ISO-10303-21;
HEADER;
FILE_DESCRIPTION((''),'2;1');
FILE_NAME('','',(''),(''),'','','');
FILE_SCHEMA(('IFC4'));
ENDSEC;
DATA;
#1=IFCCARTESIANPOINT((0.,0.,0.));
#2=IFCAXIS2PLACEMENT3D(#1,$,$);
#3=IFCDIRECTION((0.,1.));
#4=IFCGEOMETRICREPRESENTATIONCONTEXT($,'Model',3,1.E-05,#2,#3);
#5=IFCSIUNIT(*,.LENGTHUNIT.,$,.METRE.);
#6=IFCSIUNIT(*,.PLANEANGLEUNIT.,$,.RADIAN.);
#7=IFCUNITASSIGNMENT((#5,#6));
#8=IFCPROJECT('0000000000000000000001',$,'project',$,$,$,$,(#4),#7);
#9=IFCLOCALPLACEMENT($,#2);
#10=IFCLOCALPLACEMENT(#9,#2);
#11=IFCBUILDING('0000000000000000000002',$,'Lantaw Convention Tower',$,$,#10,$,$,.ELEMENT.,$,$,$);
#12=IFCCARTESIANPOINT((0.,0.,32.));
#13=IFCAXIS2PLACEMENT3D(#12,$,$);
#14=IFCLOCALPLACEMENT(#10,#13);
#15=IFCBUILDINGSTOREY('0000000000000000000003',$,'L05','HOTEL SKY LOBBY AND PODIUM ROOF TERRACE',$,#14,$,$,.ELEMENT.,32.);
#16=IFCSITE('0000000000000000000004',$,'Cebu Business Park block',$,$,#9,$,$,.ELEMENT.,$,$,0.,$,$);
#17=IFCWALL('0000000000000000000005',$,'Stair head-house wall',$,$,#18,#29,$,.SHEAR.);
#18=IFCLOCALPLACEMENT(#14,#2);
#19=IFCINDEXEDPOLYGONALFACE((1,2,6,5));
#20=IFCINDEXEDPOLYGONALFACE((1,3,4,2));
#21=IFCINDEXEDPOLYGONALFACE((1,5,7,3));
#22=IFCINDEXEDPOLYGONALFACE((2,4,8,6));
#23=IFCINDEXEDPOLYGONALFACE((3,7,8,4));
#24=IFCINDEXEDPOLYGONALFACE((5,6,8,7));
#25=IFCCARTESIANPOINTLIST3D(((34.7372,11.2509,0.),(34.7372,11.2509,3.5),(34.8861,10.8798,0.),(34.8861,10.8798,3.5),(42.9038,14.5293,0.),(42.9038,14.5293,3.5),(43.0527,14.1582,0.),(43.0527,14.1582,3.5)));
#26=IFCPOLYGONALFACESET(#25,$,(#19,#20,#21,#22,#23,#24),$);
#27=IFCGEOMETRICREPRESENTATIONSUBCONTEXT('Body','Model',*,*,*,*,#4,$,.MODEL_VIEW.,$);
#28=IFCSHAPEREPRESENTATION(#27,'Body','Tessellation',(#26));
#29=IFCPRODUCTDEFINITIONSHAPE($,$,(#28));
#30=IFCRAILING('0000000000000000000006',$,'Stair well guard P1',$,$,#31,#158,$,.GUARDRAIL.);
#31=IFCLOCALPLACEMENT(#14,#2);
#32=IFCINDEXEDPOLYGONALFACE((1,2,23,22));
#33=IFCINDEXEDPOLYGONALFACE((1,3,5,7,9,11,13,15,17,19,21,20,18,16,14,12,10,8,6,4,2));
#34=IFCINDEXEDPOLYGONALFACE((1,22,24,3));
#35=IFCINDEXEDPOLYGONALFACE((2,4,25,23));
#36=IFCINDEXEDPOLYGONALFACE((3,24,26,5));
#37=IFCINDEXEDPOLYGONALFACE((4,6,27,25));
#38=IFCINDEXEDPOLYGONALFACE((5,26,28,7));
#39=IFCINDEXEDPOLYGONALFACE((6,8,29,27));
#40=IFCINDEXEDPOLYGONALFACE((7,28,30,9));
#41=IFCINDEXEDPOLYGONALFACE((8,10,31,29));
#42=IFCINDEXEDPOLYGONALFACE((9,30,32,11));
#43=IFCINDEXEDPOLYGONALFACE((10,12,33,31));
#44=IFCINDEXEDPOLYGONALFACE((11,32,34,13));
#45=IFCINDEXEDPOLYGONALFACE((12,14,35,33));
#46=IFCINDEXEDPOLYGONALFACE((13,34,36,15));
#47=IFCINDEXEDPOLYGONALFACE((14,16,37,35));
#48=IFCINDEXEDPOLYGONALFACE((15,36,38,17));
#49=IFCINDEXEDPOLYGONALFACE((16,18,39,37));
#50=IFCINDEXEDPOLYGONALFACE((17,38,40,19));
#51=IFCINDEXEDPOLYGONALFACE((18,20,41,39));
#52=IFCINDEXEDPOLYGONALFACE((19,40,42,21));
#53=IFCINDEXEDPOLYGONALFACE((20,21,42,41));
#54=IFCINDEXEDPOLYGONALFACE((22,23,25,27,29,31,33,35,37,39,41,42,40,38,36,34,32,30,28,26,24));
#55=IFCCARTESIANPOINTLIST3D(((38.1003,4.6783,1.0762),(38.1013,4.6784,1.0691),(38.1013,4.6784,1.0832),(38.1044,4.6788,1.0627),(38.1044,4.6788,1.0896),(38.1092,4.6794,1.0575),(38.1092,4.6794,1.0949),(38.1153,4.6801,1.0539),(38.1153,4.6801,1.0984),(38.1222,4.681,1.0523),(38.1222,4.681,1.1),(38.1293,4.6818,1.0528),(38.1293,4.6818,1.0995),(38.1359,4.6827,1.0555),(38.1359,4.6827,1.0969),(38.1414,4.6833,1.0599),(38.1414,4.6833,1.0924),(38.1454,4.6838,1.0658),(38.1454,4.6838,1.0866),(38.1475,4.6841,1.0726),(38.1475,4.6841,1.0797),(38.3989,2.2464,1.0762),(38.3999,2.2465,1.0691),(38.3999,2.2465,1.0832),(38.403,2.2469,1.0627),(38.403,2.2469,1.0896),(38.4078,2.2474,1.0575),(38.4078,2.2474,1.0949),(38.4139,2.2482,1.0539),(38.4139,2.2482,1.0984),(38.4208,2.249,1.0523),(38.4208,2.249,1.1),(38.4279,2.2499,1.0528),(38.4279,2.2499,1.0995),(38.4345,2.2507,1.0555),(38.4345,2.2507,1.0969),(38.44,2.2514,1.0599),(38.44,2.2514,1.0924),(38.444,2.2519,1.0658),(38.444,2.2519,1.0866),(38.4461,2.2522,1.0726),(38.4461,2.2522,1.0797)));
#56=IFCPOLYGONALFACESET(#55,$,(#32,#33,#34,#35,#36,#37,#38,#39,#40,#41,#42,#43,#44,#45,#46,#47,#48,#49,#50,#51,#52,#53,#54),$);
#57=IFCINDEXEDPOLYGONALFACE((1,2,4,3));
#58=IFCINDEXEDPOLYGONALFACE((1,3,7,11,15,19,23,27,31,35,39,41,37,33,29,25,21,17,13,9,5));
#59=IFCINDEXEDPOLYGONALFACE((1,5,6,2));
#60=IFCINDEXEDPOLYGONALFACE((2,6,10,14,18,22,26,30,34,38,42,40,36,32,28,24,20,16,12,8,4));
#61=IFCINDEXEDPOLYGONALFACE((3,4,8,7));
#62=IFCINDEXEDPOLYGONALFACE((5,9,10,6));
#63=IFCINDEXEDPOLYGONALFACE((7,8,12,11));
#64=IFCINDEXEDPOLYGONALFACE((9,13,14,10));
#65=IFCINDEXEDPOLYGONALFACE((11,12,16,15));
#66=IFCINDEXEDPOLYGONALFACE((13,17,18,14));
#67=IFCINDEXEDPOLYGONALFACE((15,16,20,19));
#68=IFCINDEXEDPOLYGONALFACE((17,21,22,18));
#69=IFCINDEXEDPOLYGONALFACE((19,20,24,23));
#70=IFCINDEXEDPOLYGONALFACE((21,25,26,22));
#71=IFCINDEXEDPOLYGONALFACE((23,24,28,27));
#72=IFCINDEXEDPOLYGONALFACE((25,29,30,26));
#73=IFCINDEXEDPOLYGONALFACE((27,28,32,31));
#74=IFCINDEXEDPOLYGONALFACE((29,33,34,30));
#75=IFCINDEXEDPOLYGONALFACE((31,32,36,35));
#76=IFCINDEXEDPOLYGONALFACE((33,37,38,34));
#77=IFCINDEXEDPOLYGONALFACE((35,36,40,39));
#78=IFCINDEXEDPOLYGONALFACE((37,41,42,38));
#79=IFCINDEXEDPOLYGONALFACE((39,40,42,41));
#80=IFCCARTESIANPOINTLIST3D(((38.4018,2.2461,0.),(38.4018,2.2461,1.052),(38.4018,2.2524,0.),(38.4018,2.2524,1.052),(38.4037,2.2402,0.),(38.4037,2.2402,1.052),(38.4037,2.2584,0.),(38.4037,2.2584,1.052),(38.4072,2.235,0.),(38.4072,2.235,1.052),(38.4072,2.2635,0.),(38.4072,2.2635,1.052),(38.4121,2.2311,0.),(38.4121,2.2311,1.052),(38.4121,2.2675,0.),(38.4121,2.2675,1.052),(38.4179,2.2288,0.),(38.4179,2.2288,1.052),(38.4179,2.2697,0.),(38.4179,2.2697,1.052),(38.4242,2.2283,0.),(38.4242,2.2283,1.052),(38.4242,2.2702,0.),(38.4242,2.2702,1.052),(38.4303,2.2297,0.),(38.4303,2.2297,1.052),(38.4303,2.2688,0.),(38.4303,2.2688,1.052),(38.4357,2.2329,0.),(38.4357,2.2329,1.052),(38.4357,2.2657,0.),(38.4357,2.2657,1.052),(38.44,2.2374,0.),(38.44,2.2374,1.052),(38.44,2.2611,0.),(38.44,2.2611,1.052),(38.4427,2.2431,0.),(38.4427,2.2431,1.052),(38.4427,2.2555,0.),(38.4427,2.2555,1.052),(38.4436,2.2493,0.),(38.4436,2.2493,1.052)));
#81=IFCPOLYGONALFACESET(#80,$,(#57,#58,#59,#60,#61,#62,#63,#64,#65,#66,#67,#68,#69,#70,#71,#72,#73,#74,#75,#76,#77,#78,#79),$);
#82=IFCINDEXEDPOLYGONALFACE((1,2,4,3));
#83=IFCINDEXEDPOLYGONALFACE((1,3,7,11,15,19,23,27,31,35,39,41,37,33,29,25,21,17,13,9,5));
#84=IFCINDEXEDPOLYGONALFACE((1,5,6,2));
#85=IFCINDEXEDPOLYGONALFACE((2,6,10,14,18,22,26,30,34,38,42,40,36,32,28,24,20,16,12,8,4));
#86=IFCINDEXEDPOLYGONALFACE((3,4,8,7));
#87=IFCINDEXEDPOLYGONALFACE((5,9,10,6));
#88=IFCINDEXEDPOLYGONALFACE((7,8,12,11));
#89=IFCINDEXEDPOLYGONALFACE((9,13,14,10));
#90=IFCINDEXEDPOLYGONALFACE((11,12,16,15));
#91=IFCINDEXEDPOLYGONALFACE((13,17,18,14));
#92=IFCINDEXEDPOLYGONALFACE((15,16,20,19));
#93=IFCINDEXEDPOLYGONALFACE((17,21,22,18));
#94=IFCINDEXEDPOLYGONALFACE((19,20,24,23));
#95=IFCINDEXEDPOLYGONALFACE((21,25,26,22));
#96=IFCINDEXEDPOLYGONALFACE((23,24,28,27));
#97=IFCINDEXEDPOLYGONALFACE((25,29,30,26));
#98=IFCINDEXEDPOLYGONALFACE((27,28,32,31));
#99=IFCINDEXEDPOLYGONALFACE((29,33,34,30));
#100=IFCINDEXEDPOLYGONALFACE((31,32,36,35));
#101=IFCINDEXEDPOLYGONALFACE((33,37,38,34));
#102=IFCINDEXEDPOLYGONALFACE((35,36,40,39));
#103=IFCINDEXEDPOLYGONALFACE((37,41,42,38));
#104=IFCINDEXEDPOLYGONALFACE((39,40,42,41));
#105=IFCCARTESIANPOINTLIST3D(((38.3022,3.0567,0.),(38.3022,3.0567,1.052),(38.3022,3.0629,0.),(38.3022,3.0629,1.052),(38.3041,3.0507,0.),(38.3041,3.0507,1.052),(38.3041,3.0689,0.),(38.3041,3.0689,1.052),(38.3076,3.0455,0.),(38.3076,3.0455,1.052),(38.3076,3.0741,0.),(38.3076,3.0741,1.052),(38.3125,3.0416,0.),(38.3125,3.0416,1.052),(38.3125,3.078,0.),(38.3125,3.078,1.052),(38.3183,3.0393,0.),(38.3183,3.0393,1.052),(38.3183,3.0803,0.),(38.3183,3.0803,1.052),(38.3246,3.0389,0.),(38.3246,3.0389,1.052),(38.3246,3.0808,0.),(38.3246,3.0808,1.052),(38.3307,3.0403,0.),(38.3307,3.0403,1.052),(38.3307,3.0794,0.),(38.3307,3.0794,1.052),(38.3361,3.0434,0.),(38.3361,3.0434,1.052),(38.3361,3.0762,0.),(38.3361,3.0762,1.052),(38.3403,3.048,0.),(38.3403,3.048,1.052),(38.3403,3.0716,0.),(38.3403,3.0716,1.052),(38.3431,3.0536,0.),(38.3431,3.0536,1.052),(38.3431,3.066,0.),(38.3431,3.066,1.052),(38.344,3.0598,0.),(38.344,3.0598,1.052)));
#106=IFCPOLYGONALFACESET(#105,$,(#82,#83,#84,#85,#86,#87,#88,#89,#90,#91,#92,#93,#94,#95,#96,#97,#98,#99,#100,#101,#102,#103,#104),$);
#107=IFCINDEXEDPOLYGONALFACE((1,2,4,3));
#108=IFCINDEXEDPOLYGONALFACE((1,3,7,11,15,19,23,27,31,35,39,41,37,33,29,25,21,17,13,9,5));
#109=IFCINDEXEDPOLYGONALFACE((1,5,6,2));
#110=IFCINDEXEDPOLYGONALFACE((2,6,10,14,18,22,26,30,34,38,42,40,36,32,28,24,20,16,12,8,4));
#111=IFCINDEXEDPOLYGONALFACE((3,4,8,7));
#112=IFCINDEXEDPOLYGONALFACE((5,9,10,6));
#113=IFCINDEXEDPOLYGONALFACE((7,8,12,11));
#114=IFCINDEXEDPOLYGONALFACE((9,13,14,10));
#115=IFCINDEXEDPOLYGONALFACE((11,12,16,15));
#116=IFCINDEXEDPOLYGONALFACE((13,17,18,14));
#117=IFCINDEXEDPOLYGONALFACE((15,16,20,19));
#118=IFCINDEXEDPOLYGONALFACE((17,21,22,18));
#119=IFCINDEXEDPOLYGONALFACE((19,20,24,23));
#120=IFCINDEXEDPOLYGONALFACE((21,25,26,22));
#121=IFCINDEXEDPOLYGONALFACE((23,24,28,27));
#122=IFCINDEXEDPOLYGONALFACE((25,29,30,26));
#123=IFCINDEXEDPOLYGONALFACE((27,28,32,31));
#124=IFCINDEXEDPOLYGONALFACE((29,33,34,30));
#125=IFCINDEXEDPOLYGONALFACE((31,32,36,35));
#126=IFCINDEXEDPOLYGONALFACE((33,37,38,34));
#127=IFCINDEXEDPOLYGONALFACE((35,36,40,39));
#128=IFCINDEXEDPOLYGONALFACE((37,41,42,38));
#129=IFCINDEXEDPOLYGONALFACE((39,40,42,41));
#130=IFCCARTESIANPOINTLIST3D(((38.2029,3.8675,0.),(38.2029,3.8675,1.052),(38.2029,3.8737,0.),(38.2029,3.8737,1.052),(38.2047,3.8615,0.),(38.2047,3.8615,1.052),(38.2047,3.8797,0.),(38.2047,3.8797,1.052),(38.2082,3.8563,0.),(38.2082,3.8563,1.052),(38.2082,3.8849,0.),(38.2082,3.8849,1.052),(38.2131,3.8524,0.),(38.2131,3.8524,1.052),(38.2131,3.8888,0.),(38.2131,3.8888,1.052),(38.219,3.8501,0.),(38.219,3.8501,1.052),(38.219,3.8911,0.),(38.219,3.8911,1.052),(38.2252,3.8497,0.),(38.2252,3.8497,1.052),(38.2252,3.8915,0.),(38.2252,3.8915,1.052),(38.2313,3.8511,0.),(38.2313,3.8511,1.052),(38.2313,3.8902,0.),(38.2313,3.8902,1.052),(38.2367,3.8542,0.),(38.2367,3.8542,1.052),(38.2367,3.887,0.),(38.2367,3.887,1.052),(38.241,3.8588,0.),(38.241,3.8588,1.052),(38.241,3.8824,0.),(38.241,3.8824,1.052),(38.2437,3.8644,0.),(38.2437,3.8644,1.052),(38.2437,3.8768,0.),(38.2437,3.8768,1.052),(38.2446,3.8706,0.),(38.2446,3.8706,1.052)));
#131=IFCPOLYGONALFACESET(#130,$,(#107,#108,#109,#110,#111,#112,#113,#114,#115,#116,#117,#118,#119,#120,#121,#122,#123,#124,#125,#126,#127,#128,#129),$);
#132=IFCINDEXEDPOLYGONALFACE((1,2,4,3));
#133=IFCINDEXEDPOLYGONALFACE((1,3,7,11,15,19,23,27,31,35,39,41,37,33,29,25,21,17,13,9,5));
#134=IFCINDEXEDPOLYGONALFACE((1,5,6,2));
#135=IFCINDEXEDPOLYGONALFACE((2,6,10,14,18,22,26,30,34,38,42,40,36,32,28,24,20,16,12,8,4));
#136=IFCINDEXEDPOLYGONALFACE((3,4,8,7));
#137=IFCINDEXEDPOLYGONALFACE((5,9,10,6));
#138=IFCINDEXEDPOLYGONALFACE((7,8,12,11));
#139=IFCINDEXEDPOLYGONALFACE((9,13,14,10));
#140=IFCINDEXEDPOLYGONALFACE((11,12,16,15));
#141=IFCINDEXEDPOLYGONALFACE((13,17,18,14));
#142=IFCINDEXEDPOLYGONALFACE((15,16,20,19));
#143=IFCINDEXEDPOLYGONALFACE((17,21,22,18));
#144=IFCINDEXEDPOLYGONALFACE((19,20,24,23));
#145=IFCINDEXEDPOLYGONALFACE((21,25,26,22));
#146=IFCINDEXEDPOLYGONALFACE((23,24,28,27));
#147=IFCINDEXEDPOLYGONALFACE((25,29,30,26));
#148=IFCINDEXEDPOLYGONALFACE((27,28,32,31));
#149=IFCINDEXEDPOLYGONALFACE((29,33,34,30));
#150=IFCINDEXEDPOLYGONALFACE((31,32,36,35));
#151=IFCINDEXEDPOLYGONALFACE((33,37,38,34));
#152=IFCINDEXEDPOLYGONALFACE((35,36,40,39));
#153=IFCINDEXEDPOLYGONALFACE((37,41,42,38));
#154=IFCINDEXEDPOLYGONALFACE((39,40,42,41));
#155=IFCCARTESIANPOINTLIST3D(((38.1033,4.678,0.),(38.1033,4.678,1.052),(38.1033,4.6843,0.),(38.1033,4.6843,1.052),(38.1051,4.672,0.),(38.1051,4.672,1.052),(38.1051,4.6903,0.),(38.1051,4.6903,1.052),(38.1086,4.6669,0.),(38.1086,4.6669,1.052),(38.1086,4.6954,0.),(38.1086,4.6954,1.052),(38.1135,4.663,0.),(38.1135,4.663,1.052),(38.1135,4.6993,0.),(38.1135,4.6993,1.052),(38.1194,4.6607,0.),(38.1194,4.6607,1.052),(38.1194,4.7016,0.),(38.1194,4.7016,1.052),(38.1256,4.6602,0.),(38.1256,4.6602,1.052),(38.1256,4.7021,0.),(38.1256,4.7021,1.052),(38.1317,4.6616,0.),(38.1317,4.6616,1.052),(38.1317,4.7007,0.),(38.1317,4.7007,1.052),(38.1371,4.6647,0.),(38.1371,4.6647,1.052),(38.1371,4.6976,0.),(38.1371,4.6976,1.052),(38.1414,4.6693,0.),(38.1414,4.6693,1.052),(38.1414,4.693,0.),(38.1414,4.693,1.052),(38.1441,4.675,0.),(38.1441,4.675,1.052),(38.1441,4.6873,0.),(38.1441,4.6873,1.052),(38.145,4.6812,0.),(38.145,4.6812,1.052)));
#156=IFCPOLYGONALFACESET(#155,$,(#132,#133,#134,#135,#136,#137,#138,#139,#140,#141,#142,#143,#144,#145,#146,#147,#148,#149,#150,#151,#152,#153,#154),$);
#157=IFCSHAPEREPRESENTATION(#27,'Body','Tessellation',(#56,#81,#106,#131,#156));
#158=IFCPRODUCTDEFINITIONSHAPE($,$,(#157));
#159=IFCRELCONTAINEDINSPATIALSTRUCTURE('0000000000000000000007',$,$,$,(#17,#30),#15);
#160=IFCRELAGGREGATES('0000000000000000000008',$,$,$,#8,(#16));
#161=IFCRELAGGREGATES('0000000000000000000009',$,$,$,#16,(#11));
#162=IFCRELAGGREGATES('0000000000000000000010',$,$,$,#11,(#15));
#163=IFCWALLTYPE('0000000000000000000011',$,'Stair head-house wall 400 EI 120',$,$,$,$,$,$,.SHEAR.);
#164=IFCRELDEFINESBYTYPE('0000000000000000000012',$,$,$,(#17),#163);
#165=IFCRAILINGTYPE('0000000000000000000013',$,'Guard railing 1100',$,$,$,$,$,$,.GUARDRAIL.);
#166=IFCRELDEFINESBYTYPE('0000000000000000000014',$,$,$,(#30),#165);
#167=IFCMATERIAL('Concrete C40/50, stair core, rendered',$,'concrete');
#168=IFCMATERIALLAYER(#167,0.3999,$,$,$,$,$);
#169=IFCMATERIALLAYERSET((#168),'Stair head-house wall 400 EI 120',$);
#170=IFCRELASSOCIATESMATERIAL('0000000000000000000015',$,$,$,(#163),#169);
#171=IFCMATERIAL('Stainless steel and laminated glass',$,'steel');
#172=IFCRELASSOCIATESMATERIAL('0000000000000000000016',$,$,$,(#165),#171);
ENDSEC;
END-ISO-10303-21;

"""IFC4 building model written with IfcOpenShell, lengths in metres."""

from ifc_helpers import new_model, si_unit, direction, frame, frame_2d, origin, origin_2d, place, context, subcontext, project, spatial, rectangle, circle, extrude, material, layer, layer_set, type_object, element, save


model = new_model("IFC4")

# Units and contexts
model_context = context("Model", 3, precision=1e-05, world=origin(), true_north=direction((0.0, 1.0)))
body_context = subcontext(model_context, "Body", "Model", "MODEL_VIEW")
ifc_project = project(units=[si_unit("LENGTHUNIT", "METRE"), si_unit("PLANEANGLEUNIT", "RADIAN")], contexts=[model_context])

# Site, building, storey
site_placement = place(None, origin())
site = spatial("IfcSite", under=ifc_project, at=site_placement, Name="Cebu Business Park block", CompositionType="ELEMENT", RefElevation=0.0)
building_placement = place(site_placement, origin())
building = spatial("IfcBuilding", under=site, at=building_placement, Name="Lantaw Convention Tower", CompositionType="ELEMENT")
storey_placement = place(building_placement, frame((0.0, 0.0, 32.0)))
storey = spatial("IfcBuildingStorey", under=building, at=storey_placement, Name="L05", Description="HOTEL SKY LOBBY AND PODIUM ROOF TERRACE", CompositionType="ELEMENT", Elevation=32.0)

# Shared definitions
ifc_material_1 = material(Name="Concrete C40/50, stair core, rendered", Category="concrete")
ifc_layer_1 = layer(ifc_material_1, 0.3999)
ifc_layer_set_1 = layer_set([ifc_layer_1], Name="Stair head-house wall 400 EI 120")
wall_type_1 = type_object("IfcWallType", Name="Stair head-house wall 400 EI 120", PredefinedType="SHEAR", material=ifc_layer_set_1)

# Wall
wall_1_placement = place(storey_placement, frame((34.8118, 11.0654, 0.0), z_axis=(0.0, 0.0, 1.0), x_axis=(0.928017, 0.372538, 0.0)))
element("IfcWall", 1, at=wall_1_placement, inside=storey, type_object=wall_type_1, Name="Stair head-house wall", PredefinedType="SHEAR", context=body_context, shape_type="SweptSolid", body=[
    extrude(rectangle(XDim=8.8, YDim=0.3999, at=frame_2d((4.3999, 0.0))), origin(), (0.0, 0.0, 1.0), 3.5),
])

# Railing
ifc_material_2 = material(Name="Stainless steel and laminated glass", Category="steel")
railing_type_1 = type_object("IfcRailingType", Name="Guard railing 1100", PredefinedType="GUARDRAIL", material=ifc_material_2)
railing_1_placement = place(storey_placement, frame((38.4226, 2.2493, 0.0)))
element("IfcRailing", 2, at=railing_1_placement, inside=storey, type_object=railing_type_1, Name="Stair well guard P1", PredefinedType="GUARDRAIL", context=body_context, shape_type="SweptSolid", body=[
    extrude(circle(Radius=0.0239, at=origin_2d()), frame((0.0, 0.0, 1.0762), z_axis=(-0.121864, 0.992547, 0.0), x_axis=(-0.992547, -0.121864, 0.0)), (0.0, 0.0, 1.0), 2.4502),
    extrude(circle(Radius=0.021, at=origin_2d()), origin(), (0.0, 0.0, 1.0), 1.052),
    extrude(circle(Radius=0.021, at=origin_2d()), frame((-0.0996, 0.8105, 0.0)), (0.0, 0.0, 1.0), 1.052),
    extrude(circle(Radius=0.021, at=origin_2d()), frame((-0.199, 1.6213, 0.0)), (0.0, 0.0, 1.0), 1.052),
    extrude(circle(Radius=0.021, at=origin_2d()), frame((-0.2986, 2.4319, 0.0)), (0.0, 0.0, 1.0), 1.052),
])

save(model, "model.ifc")
